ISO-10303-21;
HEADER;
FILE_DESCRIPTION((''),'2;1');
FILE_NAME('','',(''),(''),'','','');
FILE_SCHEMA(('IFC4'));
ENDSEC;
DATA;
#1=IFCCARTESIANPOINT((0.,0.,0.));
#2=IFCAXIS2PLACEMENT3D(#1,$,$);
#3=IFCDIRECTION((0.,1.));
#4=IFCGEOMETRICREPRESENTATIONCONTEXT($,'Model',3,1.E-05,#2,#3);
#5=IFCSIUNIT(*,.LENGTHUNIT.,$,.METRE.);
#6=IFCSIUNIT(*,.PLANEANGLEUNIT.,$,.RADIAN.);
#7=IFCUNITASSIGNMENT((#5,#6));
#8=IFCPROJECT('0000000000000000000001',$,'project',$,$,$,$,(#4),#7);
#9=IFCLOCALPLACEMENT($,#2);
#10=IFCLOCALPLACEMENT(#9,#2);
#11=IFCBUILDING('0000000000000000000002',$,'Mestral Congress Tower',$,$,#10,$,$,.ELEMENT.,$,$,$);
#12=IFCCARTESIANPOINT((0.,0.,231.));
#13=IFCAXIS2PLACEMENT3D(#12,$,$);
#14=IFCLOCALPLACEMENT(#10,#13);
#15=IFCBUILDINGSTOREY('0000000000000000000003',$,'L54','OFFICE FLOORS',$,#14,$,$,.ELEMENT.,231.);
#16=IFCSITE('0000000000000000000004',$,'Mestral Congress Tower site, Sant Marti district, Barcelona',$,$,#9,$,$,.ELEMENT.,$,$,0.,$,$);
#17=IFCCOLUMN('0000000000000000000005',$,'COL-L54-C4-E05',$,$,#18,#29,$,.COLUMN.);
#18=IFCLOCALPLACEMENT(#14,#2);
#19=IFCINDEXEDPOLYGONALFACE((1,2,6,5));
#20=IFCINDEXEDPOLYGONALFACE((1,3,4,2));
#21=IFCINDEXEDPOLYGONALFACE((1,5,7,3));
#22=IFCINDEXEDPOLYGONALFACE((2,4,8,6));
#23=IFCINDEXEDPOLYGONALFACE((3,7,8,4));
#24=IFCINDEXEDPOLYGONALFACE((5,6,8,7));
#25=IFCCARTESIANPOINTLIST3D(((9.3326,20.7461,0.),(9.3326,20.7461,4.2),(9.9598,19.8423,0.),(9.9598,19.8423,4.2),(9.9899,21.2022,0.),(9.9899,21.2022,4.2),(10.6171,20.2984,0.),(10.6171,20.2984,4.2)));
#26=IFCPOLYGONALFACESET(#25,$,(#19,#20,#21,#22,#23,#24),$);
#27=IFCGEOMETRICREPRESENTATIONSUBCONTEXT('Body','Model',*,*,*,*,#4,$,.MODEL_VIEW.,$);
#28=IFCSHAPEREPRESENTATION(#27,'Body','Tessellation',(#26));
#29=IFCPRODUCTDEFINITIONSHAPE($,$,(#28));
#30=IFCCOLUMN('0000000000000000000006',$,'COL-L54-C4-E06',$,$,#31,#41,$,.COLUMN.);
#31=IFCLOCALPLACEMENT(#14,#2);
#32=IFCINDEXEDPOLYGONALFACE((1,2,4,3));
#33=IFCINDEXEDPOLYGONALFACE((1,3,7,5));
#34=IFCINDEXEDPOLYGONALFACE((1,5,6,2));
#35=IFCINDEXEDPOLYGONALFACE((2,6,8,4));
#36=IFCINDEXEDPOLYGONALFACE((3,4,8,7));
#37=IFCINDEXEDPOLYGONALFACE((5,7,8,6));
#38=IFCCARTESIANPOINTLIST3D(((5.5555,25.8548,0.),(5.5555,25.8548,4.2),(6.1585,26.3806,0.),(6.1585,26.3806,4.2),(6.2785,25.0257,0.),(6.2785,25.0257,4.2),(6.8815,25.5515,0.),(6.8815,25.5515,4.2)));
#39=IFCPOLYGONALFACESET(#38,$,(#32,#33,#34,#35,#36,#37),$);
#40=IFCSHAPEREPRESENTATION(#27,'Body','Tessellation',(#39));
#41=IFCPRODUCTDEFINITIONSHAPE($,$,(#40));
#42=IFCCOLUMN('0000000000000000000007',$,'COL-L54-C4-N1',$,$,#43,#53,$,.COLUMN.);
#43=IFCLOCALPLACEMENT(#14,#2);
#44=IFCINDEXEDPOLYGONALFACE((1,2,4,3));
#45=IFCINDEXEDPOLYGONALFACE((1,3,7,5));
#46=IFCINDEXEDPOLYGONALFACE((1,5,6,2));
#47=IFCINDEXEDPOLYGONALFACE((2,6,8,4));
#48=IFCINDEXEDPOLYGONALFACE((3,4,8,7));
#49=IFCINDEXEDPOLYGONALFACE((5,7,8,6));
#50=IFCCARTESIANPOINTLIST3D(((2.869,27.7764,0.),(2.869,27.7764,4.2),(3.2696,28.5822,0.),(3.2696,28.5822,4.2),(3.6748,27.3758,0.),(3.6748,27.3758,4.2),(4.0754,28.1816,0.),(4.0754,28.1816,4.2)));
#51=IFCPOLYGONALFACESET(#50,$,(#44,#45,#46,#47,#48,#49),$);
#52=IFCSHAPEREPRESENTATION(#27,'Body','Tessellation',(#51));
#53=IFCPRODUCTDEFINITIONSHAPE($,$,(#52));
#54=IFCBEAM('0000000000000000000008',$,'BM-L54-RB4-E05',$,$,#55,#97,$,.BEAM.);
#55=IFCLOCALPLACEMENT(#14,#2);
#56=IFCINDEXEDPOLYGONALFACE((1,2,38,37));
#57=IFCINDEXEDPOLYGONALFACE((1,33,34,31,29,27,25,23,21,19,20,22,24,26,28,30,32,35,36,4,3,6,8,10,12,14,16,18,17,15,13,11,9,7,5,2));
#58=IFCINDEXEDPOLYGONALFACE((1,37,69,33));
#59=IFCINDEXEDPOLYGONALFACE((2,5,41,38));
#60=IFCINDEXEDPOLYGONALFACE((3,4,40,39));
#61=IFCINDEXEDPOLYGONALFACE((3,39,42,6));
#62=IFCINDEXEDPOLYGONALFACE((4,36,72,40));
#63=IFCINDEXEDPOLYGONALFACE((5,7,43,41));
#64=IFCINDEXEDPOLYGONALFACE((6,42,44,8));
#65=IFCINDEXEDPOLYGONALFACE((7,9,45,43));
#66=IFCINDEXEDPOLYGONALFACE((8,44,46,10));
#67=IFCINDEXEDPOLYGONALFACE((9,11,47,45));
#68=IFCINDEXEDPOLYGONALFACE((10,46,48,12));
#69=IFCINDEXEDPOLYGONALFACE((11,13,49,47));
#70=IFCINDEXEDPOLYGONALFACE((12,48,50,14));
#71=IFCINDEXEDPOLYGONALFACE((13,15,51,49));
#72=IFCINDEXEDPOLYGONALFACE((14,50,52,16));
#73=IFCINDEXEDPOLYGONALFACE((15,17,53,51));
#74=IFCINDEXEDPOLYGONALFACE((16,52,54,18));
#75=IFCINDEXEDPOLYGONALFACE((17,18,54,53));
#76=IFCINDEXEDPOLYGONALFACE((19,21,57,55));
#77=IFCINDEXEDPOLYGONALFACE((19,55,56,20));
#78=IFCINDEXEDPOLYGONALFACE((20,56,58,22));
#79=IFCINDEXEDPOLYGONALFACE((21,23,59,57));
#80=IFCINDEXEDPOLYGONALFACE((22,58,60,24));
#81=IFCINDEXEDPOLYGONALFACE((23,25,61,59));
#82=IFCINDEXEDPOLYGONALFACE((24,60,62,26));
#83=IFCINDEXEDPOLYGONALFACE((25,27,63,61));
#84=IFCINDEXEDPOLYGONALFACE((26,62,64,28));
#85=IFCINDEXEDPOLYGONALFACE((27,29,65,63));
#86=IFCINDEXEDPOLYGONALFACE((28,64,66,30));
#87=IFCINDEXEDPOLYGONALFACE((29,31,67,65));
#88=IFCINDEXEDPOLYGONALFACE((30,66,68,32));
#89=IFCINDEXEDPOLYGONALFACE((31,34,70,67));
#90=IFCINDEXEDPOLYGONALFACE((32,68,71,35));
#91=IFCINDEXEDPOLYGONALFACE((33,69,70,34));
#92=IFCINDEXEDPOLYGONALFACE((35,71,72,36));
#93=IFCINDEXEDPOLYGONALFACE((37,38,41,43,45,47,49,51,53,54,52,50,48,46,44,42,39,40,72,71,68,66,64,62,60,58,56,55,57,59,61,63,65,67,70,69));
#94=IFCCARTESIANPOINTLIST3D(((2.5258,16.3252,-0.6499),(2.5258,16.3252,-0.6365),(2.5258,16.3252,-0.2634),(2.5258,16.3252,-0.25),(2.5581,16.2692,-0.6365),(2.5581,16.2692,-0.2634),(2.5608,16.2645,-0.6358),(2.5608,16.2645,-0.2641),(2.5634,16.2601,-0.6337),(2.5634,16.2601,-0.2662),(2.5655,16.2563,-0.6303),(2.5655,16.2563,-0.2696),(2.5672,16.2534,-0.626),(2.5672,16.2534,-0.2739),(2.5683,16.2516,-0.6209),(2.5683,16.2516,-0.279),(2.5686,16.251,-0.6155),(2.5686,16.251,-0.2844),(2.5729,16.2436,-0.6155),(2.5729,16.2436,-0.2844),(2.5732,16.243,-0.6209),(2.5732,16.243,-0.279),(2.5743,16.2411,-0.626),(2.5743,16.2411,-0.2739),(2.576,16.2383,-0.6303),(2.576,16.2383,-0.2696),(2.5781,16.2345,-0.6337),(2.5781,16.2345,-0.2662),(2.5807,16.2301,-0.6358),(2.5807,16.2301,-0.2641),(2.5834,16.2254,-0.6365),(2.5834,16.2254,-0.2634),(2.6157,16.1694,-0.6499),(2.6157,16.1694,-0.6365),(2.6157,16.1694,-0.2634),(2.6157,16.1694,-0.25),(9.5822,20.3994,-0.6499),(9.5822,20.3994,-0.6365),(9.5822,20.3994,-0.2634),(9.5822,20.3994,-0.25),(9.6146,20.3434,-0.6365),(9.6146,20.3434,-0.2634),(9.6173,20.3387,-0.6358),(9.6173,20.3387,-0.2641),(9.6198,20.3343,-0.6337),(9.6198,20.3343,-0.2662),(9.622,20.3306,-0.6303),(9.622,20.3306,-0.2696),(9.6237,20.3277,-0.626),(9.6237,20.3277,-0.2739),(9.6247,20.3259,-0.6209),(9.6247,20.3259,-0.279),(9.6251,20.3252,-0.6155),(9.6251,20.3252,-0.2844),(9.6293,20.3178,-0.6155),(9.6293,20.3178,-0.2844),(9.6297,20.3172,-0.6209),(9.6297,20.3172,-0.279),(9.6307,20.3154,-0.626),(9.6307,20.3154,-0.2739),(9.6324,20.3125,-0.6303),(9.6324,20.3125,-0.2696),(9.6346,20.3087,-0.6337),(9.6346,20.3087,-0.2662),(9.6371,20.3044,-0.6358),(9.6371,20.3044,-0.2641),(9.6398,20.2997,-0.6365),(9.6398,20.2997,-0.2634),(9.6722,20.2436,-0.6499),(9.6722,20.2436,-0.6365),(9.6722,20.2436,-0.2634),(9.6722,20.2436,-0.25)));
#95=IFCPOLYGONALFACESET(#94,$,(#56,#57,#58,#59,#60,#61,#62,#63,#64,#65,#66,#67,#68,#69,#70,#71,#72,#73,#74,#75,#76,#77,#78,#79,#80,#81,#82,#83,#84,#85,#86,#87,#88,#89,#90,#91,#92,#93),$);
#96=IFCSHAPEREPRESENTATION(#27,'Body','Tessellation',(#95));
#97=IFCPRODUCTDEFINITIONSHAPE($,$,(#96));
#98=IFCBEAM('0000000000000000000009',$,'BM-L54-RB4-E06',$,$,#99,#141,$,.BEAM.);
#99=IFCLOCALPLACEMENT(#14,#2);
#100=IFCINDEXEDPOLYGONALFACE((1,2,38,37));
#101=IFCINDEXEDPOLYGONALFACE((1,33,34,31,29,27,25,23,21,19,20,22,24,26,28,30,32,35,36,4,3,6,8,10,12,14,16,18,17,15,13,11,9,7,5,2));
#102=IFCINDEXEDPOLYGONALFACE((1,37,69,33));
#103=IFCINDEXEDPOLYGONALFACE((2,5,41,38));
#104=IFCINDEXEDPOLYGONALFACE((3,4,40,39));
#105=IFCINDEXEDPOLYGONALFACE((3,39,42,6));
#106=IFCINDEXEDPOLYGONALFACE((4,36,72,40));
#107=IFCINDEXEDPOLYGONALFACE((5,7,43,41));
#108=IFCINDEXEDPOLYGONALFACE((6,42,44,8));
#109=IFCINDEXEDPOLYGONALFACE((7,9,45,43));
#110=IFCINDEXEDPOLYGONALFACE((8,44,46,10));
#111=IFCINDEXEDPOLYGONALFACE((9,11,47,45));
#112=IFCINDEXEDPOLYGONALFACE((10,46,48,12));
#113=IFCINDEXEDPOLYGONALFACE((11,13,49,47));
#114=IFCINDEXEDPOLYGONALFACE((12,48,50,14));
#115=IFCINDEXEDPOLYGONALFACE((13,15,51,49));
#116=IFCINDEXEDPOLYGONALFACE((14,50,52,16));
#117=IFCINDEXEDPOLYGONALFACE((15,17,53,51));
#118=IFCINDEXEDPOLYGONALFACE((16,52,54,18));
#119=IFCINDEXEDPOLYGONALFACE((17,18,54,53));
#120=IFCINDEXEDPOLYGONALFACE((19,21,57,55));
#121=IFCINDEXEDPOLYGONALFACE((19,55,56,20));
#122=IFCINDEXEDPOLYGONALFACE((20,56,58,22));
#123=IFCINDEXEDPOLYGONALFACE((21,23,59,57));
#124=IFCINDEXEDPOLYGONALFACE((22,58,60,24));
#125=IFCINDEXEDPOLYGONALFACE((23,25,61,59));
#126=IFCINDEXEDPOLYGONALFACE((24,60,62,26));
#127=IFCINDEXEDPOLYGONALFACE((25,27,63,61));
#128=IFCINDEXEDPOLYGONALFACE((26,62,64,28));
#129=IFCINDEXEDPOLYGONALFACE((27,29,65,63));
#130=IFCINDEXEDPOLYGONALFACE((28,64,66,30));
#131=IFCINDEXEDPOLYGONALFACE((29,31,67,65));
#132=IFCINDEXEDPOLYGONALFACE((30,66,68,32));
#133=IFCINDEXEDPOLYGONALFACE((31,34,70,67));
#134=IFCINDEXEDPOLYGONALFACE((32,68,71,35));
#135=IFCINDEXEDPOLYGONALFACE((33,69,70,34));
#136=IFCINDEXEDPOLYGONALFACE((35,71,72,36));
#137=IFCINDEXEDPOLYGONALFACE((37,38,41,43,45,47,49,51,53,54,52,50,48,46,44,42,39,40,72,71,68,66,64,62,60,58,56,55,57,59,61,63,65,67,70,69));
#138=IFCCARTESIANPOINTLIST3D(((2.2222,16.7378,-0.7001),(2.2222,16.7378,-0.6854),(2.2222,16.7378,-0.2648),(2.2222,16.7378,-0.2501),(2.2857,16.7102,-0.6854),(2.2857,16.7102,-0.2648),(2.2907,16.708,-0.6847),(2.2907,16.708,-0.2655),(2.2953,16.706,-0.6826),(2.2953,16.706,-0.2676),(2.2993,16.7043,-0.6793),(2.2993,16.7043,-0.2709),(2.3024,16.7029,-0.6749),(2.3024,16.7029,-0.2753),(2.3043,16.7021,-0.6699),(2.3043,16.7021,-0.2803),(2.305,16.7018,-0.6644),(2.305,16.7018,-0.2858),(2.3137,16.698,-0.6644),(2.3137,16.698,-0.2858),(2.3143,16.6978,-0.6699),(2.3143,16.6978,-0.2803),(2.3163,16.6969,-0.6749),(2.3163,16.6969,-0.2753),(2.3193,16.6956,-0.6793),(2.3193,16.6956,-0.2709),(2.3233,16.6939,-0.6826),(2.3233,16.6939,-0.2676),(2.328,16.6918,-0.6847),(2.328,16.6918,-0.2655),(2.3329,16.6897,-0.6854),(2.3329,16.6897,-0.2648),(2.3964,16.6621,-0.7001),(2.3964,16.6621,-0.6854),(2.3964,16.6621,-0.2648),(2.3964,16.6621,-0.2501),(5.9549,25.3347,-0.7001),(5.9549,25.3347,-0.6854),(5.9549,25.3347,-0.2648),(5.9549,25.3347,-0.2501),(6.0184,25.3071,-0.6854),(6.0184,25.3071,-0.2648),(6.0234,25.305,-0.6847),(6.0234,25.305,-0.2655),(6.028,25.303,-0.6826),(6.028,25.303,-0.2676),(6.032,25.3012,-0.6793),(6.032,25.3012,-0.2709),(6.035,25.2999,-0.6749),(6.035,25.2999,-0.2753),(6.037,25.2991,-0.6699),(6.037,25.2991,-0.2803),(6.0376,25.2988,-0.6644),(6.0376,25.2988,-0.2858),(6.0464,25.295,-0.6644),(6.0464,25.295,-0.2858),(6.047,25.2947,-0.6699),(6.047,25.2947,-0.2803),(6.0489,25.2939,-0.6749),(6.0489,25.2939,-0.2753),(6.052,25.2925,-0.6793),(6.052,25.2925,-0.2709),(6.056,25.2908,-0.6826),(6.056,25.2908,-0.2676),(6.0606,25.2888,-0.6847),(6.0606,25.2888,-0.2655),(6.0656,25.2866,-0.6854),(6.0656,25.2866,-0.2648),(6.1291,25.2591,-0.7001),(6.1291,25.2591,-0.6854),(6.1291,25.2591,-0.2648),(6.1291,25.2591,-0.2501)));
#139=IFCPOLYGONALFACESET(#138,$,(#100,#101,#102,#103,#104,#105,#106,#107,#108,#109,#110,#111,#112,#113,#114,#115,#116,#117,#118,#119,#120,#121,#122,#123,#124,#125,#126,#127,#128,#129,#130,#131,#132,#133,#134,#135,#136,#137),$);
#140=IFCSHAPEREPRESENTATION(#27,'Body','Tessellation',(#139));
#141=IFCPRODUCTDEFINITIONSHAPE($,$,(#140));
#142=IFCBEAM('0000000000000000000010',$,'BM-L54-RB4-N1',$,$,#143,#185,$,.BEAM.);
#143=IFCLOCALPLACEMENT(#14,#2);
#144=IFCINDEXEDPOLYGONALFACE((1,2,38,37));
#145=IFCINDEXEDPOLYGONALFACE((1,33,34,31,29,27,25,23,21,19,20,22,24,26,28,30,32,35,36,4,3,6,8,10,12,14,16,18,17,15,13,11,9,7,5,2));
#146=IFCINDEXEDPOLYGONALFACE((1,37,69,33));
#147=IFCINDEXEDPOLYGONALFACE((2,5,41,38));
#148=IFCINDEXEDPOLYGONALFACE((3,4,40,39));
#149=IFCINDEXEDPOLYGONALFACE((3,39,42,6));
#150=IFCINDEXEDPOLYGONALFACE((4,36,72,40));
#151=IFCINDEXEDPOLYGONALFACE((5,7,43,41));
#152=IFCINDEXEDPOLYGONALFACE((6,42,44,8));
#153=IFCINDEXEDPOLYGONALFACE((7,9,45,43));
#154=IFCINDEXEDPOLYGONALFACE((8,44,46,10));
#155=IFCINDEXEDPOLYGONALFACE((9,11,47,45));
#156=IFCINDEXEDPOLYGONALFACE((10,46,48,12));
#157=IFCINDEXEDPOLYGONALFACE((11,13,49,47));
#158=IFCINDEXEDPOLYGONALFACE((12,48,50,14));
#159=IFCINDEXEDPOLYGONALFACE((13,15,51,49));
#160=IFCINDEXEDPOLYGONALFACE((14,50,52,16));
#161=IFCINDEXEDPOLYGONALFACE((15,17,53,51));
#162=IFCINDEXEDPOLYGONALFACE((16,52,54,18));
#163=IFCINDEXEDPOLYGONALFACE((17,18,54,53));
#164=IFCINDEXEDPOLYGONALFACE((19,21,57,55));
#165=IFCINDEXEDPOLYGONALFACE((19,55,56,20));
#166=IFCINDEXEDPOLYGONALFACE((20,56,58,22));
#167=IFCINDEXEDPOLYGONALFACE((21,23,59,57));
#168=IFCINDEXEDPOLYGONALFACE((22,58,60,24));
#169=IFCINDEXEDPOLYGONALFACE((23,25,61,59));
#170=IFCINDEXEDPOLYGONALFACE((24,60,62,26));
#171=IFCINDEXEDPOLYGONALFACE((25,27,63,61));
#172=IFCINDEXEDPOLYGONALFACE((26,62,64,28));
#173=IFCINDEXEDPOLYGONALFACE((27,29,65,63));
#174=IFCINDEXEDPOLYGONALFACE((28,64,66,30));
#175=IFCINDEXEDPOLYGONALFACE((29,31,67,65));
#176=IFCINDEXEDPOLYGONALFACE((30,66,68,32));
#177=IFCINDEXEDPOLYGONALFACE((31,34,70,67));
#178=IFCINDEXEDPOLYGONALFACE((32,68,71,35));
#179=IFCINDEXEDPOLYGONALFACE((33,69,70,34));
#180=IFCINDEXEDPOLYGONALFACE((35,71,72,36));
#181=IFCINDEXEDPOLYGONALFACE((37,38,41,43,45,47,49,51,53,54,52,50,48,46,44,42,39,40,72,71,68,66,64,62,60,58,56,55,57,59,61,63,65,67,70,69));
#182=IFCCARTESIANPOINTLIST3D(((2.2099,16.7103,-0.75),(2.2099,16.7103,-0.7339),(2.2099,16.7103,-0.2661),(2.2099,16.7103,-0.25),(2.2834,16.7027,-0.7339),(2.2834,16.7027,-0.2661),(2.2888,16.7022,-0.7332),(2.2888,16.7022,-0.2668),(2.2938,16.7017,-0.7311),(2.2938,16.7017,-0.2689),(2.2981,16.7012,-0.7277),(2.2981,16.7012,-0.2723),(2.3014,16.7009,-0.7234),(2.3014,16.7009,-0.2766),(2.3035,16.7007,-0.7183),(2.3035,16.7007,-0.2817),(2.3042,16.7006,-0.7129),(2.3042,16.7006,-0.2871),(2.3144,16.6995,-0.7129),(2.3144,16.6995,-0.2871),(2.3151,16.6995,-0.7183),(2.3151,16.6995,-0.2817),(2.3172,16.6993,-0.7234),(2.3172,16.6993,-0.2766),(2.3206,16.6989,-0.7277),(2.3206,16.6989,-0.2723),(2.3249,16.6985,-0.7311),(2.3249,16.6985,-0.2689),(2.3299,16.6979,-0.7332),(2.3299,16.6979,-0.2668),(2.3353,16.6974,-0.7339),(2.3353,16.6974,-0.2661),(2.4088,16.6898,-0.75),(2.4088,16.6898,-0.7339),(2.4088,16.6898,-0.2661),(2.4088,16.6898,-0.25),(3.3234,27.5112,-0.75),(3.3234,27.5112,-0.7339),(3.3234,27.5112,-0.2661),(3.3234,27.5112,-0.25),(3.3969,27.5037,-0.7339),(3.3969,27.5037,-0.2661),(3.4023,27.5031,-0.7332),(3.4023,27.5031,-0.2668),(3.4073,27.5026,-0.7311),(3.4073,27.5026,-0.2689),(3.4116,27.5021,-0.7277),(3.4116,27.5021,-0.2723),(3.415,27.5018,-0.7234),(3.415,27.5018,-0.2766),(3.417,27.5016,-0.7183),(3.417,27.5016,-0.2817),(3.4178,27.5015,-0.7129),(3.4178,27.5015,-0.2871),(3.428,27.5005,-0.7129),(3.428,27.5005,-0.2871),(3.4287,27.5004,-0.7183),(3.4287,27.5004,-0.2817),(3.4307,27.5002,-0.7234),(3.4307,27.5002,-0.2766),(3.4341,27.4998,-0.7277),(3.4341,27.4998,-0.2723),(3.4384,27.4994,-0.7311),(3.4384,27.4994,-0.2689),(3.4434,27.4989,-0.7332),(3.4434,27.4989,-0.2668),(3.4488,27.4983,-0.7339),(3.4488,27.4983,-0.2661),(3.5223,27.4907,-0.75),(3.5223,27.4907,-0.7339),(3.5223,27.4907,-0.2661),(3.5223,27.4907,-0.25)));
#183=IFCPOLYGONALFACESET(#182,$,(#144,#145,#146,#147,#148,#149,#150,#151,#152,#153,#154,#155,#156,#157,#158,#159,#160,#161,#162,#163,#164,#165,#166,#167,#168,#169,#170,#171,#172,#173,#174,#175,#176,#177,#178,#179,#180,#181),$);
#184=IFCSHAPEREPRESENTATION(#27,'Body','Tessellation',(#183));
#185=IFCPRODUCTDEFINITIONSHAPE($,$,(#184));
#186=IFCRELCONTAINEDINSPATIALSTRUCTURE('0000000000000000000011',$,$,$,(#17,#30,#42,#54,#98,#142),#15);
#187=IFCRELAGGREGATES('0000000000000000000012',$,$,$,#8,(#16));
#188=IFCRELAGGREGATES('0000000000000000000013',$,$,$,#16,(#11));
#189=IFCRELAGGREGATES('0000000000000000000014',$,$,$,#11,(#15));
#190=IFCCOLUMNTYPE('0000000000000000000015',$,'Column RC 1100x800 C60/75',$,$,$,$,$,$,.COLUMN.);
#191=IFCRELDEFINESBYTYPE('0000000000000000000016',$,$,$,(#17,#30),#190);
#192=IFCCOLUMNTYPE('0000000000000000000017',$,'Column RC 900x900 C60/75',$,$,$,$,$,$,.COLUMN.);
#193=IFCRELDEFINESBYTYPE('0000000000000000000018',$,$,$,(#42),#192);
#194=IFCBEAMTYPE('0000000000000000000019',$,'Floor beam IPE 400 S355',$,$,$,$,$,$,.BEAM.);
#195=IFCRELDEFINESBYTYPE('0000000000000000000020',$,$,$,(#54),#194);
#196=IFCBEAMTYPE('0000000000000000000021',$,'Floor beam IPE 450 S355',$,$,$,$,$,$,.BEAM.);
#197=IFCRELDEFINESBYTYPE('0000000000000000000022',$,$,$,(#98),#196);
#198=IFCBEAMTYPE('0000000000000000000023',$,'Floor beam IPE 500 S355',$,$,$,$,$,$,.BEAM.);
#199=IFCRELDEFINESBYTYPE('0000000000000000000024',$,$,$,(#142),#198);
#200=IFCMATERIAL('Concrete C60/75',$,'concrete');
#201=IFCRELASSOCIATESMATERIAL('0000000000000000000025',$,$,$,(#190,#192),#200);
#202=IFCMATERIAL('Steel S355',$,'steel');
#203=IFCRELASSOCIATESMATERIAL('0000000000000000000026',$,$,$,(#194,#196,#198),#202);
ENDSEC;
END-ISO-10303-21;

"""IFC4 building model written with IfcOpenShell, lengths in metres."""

from ifc_helpers import new_model, si_unit, direction, frame, origin, origin_2d, place, context, subcontext, project, spatial, rectangle, i_section, extrude, material, material_profile, profile_set, type_object, element, save


model = new_model("IFC4")

# Units and contexts
model_context = context("Model", 3, precision=1e-05, world=origin(), true_north=direction((0.0, 1.0)))
body_context = subcontext(model_context, "Body", "Model", "MODEL_VIEW")
ifc_project = project(units=[si_unit("LENGTHUNIT", "METRE"), si_unit("PLANEANGLEUNIT", "RADIAN")], contexts=[model_context])

# Site, building, storey
site_placement = place(None, origin())
site = spatial("IfcSite", under=ifc_project, at=site_placement, Name="Mestral Congress Tower site, Sant Marti district, Barcelona", CompositionType="ELEMENT", RefElevation=0.0)
building_placement = place(site_placement, origin())
building = spatial("IfcBuilding", under=site, at=building_placement, Name="Mestral Congress Tower", CompositionType="ELEMENT")
storey_placement = place(building_placement, frame((0.0, 0.0, 231.0)))
storey = spatial("IfcBuildingStorey", under=building, at=storey_placement, Name="L54", Description="OFFICE FLOORS", CompositionType="ELEMENT", Elevation=231.0)

# Columns
ifc_material_1 = material(Name="Concrete C60/75", Category="concrete")
ifc_material_profile_1 = material_profile(ifc_material_1, rectangle(XDim=1.1001, YDim=0.8, at=origin_2d()), Name="RC 1100x800")
ifc_profile_set_1 = profile_set([ifc_material_profile_1], Name="Concrete C60/75")
column_type_1 = type_object("IfcColumnType", Name="Column RC 1100x800 C60/75", PredefinedType="COLUMN", material=ifc_profile_set_1)
for number, where, z_axis, x_axis, name in (
    (1, (9.9749, 20.5222, 0.0), (0.0, 0.0, 1.0), (-0.570084, 0.821586, 0.0), "COL-L54-C4-E05"),
    (2, (6.2185, 25.7031, 0.0), (0.0, 0.0, 1.0), (-0.65725, 0.753672, 0.0), "COL-L54-C4-E06"),
):
    element("IfcColumn", number, at=place(storey_placement, frame(where, z_axis=z_axis, x_axis=x_axis)), inside=storey, type_object=column_type_1, Name=name, PredefinedType="COLUMN", context=body_context, shape_type="SweptSolid", body=[
        extrude(rectangle(XDim=1.1001, YDim=0.8, at=origin_2d()), origin(), (0.0, 0.0, 1.0), 4.2),
    ])
ifc_material_profile_2 = material_profile(ifc_material_1, rectangle(XDim=0.8999, YDim=0.8999, at=origin_2d()), Name="RC 900x900")
ifc_profile_set_2 = profile_set([ifc_material_profile_2], Name="Concrete C60/75")
column_type_2 = type_object("IfcColumnType", Name="Column RC 900x900 C60/75", PredefinedType="COLUMN", material=ifc_profile_set_2)
column_placement = place(storey_placement, frame((3.4722, 27.979, 0.0), z_axis=(0.0, 0.0, 1.0), x_axis=(-0.895456, 0.445149, 0.0)))
element("IfcColumn", 3, at=column_placement, inside=storey, type_object=column_type_2, Name="COL-L54-C4-N1", PredefinedType="COLUMN", context=body_context, shape_type="SweptSolid", body=[
    extrude(rectangle(XDim=0.8999, YDim=0.8999, at=origin_2d()), origin(), (0.0, 0.0, 1.0), 4.2),
])

# Beams
ifc_material_2 = material(Name="Steel S355", Category="steel")
ifc_material_profile_3 = material_profile(ifc_material_2, i_section(OverallWidth=0.1799, OverallDepth=0.3999, WebThickness=0.0085, FlangeThickness=0.0134, FilletRadius=0.021, at=origin_2d()), Name="IPE 400")
ifc_profile_set_3 = profile_set([ifc_material_profile_3], Name="Steel S355")
beam_type_1 = type_object("IfcBeamType", Name="Floor beam IPE 400 S355", PredefinedType="BEAM", material=ifc_profile_set_3)
beam_1_placement = place(storey_placement, frame((9.6272, 20.3215, -0.45), z_axis=(-0.866014, -0.500019, 0.0), x_axis=(0.500019, -0.866014, 0.0)))
element("IfcBeam", 4, at=beam_1_placement, inside=storey, type_object=beam_type_1, Name="BM-L54-RB4-E05", PredefinedType="BEAM", context=body_context, shape_type="SweptSolid", body=[
    extrude(i_section(OverallWidth=0.1799, OverallDepth=0.3999, WebThickness=0.0085, FlangeThickness=0.0134, FilletRadius=0.021, at=origin_2d()), origin(), (0.0, 0.0, 1.0), 8.1482),
])
ifc_material_profile_4 = material_profile(ifc_material_2, i_section(OverallWidth=0.1899, OverallDepth=0.45, WebThickness=0.0095, FlangeThickness=0.0146, FilletRadius=0.021, at=origin_2d()), Name="IPE 450")
ifc_profile_set_4 = profile_set([ifc_material_profile_4], Name="Steel S355")
beam_type_2 = type_object("IfcBeamType", Name="Floor beam IPE 450 S355", PredefinedType="BEAM", material=ifc_profile_set_4)
beam_2_placement = place(storey_placement, frame((6.042, 25.2969, -0.4751), z_axis=(-0.398266, -0.91727, 0.0), x_axis=(0.91727, -0.398266, 0.0)))
element("IfcBeam", 5, at=beam_2_placement, inside=storey, type_object=beam_type_2, Name="BM-L54-RB4-E06", PredefinedType="BEAM", context=body_context, shape_type="SweptSolid", body=[
    extrude(i_section(OverallWidth=0.1899, OverallDepth=0.45, WebThickness=0.0095, FlangeThickness=0.0146, FilletRadius=0.021, at=origin_2d()), origin(), (0.0, 0.0, 1.0), 9.3723),
])
ifc_material_profile_5 = material_profile(ifc_material_2, i_section(OverallWidth=0.2, OverallDepth=0.5, WebThickness=0.0103, FlangeThickness=0.0161, FilletRadius=0.021, at=origin_2d()), Name="IPE 500")
ifc_profile_set_5 = profile_set([ifc_material_profile_5], Name="Steel S355")
beam_type_3 = type_object("IfcBeamType", Name="Floor beam IPE 500 S355", PredefinedType="BEAM", material=ifc_profile_set_5)
beam_3_placement = place(storey_placement, frame((3.4229, 27.501, -0.5), z_axis=(-0.102551, -0.994728, 0.0), x_axis=(0.994728, -0.102551, 0.0)))
element("IfcBeam", 6, at=beam_3_placement, inside=storey, type_object=beam_type_3, Name="BM-L54-RB4-N1", PredefinedType="BEAM", context=body_context, shape_type="SweptSolid", body=[
    extrude(i_section(OverallWidth=0.2, OverallDepth=0.5, WebThickness=0.0103, FlangeThickness=0.0161, FilletRadius=0.021, at=origin_2d()), origin(), (0.0, 0.0, 1.0), 10.8582),
])

save(model, "model.ifc")
